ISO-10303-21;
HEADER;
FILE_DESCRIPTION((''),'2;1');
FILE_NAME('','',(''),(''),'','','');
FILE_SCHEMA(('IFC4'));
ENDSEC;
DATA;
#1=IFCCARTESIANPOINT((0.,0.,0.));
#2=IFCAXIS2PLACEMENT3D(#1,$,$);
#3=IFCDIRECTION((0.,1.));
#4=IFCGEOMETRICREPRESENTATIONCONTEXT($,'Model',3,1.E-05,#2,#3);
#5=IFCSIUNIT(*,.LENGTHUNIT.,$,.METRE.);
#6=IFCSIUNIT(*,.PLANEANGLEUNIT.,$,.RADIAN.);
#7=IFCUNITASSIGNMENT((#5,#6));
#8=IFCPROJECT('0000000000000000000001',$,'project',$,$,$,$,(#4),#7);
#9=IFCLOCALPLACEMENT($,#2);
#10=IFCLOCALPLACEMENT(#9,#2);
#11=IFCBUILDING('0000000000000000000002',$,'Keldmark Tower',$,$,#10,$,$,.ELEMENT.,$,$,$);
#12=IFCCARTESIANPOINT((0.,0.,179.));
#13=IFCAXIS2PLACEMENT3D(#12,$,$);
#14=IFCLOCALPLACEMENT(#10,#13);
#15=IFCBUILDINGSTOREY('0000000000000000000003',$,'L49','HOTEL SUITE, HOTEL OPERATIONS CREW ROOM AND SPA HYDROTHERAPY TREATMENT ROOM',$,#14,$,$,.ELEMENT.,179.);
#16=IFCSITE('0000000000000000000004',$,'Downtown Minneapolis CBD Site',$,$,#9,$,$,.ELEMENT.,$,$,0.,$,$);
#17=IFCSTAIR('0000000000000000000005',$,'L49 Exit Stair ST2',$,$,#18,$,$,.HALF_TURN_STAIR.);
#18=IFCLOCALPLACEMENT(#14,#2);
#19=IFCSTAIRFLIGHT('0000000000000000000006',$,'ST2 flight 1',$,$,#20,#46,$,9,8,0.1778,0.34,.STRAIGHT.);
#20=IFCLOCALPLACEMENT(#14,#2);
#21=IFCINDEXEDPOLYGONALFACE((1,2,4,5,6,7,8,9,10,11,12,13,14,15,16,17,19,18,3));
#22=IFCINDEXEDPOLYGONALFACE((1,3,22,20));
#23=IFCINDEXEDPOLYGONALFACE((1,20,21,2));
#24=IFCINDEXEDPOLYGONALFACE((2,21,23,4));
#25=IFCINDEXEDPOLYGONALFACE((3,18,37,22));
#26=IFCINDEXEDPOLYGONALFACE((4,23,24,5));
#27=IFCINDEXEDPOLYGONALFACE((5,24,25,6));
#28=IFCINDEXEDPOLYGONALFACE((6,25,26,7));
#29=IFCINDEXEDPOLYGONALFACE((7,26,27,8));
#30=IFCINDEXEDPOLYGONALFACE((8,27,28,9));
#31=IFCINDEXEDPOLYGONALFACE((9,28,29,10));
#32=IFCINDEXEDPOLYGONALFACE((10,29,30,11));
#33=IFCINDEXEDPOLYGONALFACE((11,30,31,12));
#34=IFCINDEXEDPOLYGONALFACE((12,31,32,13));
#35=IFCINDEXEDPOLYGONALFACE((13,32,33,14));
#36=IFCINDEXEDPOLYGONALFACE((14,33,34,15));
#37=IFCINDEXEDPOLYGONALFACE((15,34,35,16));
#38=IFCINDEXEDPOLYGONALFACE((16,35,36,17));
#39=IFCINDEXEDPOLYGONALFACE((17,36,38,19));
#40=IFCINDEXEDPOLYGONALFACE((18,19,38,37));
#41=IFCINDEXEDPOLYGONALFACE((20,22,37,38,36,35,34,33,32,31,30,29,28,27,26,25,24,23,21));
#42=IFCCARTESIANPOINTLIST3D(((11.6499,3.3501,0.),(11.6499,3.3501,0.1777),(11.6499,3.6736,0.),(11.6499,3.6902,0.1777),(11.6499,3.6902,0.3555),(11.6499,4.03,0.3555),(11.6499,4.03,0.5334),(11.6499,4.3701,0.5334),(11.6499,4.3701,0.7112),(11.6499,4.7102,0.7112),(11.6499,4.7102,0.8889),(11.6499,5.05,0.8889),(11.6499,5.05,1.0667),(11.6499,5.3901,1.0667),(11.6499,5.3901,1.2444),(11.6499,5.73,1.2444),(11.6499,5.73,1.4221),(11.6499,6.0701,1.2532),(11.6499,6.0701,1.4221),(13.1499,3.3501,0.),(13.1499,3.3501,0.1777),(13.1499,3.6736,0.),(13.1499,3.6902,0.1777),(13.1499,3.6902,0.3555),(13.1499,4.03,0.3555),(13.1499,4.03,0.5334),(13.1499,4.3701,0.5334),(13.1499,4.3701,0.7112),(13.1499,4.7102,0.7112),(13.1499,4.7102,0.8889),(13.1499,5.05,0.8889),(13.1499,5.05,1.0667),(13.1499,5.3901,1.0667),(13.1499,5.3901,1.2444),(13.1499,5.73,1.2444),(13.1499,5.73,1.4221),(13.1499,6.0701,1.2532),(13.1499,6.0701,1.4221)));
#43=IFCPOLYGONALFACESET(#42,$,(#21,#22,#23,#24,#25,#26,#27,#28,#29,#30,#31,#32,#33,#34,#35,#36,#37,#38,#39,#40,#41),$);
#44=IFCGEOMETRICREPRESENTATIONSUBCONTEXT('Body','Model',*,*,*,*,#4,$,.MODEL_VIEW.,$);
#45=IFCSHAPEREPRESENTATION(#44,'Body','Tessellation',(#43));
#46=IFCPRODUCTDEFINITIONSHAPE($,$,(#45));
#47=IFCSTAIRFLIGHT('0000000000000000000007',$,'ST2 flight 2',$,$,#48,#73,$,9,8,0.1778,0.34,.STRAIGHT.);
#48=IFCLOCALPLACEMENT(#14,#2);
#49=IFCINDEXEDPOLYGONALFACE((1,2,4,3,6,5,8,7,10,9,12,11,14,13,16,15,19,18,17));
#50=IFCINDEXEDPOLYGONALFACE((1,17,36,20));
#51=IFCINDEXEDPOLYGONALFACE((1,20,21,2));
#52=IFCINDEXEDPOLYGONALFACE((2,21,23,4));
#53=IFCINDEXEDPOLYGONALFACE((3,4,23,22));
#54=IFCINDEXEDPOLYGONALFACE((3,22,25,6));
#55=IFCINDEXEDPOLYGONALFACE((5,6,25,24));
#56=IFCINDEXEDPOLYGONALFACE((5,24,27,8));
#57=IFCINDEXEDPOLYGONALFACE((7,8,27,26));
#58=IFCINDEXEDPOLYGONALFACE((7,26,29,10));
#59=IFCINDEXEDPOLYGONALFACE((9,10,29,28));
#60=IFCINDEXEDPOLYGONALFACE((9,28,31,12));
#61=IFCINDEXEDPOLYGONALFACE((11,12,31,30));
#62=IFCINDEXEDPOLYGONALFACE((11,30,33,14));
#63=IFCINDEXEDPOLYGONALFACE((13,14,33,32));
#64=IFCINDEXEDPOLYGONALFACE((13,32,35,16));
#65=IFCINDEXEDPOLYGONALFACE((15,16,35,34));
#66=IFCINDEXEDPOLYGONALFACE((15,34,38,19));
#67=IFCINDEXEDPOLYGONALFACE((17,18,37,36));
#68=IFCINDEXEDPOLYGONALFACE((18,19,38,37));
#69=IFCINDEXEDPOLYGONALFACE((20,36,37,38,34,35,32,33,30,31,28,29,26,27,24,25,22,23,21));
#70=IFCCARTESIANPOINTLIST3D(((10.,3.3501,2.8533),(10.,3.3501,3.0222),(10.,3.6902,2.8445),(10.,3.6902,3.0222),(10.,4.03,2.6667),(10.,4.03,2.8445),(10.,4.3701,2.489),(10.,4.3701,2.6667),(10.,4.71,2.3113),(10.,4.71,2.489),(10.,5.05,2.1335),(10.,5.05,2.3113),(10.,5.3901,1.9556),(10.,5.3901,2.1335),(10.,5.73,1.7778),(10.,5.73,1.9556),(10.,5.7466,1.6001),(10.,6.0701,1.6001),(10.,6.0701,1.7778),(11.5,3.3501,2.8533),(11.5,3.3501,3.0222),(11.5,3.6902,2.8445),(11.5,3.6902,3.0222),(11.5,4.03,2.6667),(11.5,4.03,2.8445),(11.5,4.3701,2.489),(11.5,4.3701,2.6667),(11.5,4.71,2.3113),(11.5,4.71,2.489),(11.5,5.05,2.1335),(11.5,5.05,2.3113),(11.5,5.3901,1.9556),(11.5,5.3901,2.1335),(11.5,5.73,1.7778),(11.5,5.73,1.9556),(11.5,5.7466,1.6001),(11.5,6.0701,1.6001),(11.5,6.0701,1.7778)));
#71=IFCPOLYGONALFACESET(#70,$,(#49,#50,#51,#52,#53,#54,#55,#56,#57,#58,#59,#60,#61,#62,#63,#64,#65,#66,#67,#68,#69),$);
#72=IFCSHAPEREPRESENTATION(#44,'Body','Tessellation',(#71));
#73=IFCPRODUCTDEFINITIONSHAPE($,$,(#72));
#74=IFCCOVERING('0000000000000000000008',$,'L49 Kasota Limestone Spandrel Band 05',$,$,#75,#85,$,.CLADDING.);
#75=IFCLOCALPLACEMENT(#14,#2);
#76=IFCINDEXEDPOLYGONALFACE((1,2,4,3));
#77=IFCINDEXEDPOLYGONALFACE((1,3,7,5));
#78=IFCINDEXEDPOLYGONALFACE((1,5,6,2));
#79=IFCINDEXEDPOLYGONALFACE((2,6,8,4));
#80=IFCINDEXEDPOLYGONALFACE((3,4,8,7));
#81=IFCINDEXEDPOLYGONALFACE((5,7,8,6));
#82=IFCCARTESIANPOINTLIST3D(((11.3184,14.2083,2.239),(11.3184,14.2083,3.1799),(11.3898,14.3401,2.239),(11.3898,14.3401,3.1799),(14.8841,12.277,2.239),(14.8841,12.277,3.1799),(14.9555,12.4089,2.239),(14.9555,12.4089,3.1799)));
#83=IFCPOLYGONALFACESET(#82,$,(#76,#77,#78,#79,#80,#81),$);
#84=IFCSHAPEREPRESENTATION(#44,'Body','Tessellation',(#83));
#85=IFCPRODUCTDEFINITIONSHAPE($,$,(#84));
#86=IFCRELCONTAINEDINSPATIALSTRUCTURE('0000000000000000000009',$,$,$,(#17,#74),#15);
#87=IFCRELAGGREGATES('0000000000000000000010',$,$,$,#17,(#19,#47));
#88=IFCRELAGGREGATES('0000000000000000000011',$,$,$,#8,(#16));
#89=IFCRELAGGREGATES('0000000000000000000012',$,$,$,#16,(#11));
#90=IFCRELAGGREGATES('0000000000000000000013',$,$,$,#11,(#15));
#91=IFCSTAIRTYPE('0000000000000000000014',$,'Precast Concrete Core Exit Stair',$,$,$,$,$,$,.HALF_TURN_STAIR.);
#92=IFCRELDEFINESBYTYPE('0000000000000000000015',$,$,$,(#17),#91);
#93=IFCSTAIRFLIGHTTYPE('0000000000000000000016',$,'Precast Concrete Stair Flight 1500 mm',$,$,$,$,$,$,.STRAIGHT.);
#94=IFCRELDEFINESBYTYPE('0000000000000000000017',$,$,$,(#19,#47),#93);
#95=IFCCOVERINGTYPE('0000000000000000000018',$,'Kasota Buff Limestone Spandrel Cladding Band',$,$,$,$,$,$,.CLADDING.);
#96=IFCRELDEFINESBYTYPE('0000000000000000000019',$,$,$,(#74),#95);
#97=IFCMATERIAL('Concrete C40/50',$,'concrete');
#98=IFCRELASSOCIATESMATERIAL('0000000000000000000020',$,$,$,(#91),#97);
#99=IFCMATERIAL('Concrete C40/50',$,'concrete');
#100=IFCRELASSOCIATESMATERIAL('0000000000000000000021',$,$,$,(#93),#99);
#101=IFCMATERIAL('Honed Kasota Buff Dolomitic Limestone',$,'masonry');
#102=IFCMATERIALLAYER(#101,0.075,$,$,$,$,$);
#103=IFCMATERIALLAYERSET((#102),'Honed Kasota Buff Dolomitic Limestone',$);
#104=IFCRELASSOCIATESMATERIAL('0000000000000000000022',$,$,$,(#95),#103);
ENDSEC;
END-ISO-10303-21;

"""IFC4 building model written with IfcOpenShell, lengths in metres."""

from ifc_helpers import new_model, si_unit, direction, frame, origin, origin_2d, place, context, subcontext, project, spatial, polyline, rectangle, outline, extrude, material, layer, layer_set, type_object, element, aggregate, save


model = new_model("IFC4")

# Units and contexts
model_context = context("Model", 3, precision=1e-05, world=origin(), true_north=direction((0.0, 1.0)))
body_context = subcontext(model_context, "Body", "Model", "MODEL_VIEW")
ifc_project = project(units=[si_unit("LENGTHUNIT", "METRE"), si_unit("PLANEANGLEUNIT", "RADIAN")], contexts=[model_context])

# Site, building, storey
site_placement = place(None, origin())
site = spatial("IfcSite", under=ifc_project, at=site_placement, Name="Downtown Minneapolis CBD Site", CompositionType="ELEMENT", RefElevation=0.0)
building_placement = place(site_placement, origin())
building = spatial("IfcBuilding", under=site, at=building_placement, Name="Keldmark Tower", CompositionType="ELEMENT")
storey_placement = place(building_placement, frame((0.0, 0.0, 179.0)))
storey = spatial("IfcBuildingStorey", under=building, at=storey_placement, Name="L49", Description="HOTEL SUITE, HOTEL OPERATIONS CREW ROOM AND SPA HYDROTHERAPY TREATMENT ROOM", CompositionType="ELEMENT", Elevation=179.0)

# Stair, stair flights
ifc_material_1 = material(Name="Concrete C40/50", Category="concrete")
stair_type = type_object("IfcStairType", Name="Precast Concrete Core Exit Stair", PredefinedType="HALF_TURN_STAIR", material=ifc_material_1)
stair_placement = place(storey_placement, origin())
stair = element("IfcStair", 1, at=stair_placement, inside=storey, type_object=stair_type, Name="L49 Exit Stair ST2", PredefinedType="HALF_TURN_STAIR")
ifc_material_2 = material(Name="Concrete C40/50", Category="concrete")
stair_flight_type = type_object("IfcStairFlightType", Name="Precast Concrete Stair Flight 1500 mm", PredefinedType="STRAIGHT", material=ifc_material_2)
stair_flight_1_placement = place(storey_placement, frame((12.3999, 3.3501, 0.0), z_axis=(0.0, 0.0, 1.0), x_axis=(0.0, 1.0, 0.0)))
stair_flight_1 = element("IfcStairFlight", 2, at=stair_flight_1_placement, type_object=stair_flight_type, Name="ST2 flight 1", NumberOfRisers=9, NumberOfTreads=8, PredefinedType="STRAIGHT", RiserHeight=0.1778, TreadLength=0.34, context=body_context, shape_type="SweptSolid", body=[
    extrude(outline(polyline([(0.0, 0.0), (0.0, 0.1777), (0.3401, 0.1777), (0.3401, 0.3555), (0.6799, 0.3555), (0.6799, 0.5334), (1.02, 0.5334), (1.02, 0.7112), (1.3601, 0.7112), (1.3601, 0.8889), (1.7, 0.8889), (1.7, 1.0667), (2.04, 1.0667), (2.04, 1.2444), (2.3799, 1.2444), (2.3799, 1.4221), (2.72, 1.4221), (2.72, 1.6001), (2.72, 1.2532), (0.3235, 0.0), (0.0, 0.0)])), frame((0.0, 0.75, 0.0), z_axis=(0.0, -1.0, 0.0), x_axis=(1.0, 0.0, 0.0)), (0.0, 0.0, 1.0), 1.5),
])
stair_flight_2_placement = place(storey_placement, frame((10.75, 6.0701, 1.6001), z_axis=(0.0, 0.0, 1.0), x_axis=(0.0, -1.0, 0.0)))
stair_flight_2 = element("IfcStairFlight", 3, at=stair_flight_2_placement, type_object=stair_flight_type, Name="ST2 flight 2", NumberOfRisers=9, NumberOfTreads=8, PredefinedType="STRAIGHT", RiserHeight=0.1778, TreadLength=0.34, context=body_context, shape_type="SweptSolid", body=[
    extrude(outline(polyline([(0.0, 0.0), (0.0, 0.1777), (0.3401, 0.1777), (0.3401, 0.3555), (0.6799, 0.3555), (0.6799, 0.5334), (1.02, 0.5334), (1.02, 0.7112), (1.3601, 0.7112), (1.3601, 0.8889), (1.7, 0.8889), (1.7, 1.0667), (2.04, 1.0667), (2.04, 1.2444), (2.3799, 1.2444), (2.3799, 1.4221), (2.72, 1.4221), (2.72, 1.6001), (2.72, 1.2532), (0.3235, 0.0), (0.0, 0.0)])), frame((0.0, 0.75, 0.0), z_axis=(0.0, -1.0, 0.0), x_axis=(1.0, 0.0, 0.0)), (0.0, 0.0, 1.0), 1.5),
])
aggregate(stair, [stair_flight_1, stair_flight_2])

# Covering
ifc_material_3 = material(Name="Honed Kasota Buff Dolomitic Limestone", Category="masonry")
ifc_layer_1 = layer(ifc_material_3, 0.075)
ifc_layer_set_1 = layer_set([ifc_layer_1], Name="Honed Kasota Buff Dolomitic Limestone")
covering_type = type_object("IfcCoveringType", Name="Kasota Buff Limestone Spandrel Cladding Band", PredefinedType="CLADDING", material=ifc_layer_set_1)
covering_placement = place(storey_placement, frame((13.137, 13.3086, 2.239), z_axis=(0.0, 0.0, 1.0), x_axis=(-0.879308, 0.476254, 0.0)))
element("IfcCovering", 4, at=covering_placement, inside=storey, type_object=covering_type, Name="L49 Kasota Limestone Spandrel Band 05", PredefinedType="CLADDING", context=body_context, shape_type="SweptSolid", body=[
    extrude(rectangle(XDim=4.0552, YDim=0.1499, at=origin_2d()), origin(), (0.0, 0.0, 1.0), 0.9409),
])

save(model, "model.ifc")
